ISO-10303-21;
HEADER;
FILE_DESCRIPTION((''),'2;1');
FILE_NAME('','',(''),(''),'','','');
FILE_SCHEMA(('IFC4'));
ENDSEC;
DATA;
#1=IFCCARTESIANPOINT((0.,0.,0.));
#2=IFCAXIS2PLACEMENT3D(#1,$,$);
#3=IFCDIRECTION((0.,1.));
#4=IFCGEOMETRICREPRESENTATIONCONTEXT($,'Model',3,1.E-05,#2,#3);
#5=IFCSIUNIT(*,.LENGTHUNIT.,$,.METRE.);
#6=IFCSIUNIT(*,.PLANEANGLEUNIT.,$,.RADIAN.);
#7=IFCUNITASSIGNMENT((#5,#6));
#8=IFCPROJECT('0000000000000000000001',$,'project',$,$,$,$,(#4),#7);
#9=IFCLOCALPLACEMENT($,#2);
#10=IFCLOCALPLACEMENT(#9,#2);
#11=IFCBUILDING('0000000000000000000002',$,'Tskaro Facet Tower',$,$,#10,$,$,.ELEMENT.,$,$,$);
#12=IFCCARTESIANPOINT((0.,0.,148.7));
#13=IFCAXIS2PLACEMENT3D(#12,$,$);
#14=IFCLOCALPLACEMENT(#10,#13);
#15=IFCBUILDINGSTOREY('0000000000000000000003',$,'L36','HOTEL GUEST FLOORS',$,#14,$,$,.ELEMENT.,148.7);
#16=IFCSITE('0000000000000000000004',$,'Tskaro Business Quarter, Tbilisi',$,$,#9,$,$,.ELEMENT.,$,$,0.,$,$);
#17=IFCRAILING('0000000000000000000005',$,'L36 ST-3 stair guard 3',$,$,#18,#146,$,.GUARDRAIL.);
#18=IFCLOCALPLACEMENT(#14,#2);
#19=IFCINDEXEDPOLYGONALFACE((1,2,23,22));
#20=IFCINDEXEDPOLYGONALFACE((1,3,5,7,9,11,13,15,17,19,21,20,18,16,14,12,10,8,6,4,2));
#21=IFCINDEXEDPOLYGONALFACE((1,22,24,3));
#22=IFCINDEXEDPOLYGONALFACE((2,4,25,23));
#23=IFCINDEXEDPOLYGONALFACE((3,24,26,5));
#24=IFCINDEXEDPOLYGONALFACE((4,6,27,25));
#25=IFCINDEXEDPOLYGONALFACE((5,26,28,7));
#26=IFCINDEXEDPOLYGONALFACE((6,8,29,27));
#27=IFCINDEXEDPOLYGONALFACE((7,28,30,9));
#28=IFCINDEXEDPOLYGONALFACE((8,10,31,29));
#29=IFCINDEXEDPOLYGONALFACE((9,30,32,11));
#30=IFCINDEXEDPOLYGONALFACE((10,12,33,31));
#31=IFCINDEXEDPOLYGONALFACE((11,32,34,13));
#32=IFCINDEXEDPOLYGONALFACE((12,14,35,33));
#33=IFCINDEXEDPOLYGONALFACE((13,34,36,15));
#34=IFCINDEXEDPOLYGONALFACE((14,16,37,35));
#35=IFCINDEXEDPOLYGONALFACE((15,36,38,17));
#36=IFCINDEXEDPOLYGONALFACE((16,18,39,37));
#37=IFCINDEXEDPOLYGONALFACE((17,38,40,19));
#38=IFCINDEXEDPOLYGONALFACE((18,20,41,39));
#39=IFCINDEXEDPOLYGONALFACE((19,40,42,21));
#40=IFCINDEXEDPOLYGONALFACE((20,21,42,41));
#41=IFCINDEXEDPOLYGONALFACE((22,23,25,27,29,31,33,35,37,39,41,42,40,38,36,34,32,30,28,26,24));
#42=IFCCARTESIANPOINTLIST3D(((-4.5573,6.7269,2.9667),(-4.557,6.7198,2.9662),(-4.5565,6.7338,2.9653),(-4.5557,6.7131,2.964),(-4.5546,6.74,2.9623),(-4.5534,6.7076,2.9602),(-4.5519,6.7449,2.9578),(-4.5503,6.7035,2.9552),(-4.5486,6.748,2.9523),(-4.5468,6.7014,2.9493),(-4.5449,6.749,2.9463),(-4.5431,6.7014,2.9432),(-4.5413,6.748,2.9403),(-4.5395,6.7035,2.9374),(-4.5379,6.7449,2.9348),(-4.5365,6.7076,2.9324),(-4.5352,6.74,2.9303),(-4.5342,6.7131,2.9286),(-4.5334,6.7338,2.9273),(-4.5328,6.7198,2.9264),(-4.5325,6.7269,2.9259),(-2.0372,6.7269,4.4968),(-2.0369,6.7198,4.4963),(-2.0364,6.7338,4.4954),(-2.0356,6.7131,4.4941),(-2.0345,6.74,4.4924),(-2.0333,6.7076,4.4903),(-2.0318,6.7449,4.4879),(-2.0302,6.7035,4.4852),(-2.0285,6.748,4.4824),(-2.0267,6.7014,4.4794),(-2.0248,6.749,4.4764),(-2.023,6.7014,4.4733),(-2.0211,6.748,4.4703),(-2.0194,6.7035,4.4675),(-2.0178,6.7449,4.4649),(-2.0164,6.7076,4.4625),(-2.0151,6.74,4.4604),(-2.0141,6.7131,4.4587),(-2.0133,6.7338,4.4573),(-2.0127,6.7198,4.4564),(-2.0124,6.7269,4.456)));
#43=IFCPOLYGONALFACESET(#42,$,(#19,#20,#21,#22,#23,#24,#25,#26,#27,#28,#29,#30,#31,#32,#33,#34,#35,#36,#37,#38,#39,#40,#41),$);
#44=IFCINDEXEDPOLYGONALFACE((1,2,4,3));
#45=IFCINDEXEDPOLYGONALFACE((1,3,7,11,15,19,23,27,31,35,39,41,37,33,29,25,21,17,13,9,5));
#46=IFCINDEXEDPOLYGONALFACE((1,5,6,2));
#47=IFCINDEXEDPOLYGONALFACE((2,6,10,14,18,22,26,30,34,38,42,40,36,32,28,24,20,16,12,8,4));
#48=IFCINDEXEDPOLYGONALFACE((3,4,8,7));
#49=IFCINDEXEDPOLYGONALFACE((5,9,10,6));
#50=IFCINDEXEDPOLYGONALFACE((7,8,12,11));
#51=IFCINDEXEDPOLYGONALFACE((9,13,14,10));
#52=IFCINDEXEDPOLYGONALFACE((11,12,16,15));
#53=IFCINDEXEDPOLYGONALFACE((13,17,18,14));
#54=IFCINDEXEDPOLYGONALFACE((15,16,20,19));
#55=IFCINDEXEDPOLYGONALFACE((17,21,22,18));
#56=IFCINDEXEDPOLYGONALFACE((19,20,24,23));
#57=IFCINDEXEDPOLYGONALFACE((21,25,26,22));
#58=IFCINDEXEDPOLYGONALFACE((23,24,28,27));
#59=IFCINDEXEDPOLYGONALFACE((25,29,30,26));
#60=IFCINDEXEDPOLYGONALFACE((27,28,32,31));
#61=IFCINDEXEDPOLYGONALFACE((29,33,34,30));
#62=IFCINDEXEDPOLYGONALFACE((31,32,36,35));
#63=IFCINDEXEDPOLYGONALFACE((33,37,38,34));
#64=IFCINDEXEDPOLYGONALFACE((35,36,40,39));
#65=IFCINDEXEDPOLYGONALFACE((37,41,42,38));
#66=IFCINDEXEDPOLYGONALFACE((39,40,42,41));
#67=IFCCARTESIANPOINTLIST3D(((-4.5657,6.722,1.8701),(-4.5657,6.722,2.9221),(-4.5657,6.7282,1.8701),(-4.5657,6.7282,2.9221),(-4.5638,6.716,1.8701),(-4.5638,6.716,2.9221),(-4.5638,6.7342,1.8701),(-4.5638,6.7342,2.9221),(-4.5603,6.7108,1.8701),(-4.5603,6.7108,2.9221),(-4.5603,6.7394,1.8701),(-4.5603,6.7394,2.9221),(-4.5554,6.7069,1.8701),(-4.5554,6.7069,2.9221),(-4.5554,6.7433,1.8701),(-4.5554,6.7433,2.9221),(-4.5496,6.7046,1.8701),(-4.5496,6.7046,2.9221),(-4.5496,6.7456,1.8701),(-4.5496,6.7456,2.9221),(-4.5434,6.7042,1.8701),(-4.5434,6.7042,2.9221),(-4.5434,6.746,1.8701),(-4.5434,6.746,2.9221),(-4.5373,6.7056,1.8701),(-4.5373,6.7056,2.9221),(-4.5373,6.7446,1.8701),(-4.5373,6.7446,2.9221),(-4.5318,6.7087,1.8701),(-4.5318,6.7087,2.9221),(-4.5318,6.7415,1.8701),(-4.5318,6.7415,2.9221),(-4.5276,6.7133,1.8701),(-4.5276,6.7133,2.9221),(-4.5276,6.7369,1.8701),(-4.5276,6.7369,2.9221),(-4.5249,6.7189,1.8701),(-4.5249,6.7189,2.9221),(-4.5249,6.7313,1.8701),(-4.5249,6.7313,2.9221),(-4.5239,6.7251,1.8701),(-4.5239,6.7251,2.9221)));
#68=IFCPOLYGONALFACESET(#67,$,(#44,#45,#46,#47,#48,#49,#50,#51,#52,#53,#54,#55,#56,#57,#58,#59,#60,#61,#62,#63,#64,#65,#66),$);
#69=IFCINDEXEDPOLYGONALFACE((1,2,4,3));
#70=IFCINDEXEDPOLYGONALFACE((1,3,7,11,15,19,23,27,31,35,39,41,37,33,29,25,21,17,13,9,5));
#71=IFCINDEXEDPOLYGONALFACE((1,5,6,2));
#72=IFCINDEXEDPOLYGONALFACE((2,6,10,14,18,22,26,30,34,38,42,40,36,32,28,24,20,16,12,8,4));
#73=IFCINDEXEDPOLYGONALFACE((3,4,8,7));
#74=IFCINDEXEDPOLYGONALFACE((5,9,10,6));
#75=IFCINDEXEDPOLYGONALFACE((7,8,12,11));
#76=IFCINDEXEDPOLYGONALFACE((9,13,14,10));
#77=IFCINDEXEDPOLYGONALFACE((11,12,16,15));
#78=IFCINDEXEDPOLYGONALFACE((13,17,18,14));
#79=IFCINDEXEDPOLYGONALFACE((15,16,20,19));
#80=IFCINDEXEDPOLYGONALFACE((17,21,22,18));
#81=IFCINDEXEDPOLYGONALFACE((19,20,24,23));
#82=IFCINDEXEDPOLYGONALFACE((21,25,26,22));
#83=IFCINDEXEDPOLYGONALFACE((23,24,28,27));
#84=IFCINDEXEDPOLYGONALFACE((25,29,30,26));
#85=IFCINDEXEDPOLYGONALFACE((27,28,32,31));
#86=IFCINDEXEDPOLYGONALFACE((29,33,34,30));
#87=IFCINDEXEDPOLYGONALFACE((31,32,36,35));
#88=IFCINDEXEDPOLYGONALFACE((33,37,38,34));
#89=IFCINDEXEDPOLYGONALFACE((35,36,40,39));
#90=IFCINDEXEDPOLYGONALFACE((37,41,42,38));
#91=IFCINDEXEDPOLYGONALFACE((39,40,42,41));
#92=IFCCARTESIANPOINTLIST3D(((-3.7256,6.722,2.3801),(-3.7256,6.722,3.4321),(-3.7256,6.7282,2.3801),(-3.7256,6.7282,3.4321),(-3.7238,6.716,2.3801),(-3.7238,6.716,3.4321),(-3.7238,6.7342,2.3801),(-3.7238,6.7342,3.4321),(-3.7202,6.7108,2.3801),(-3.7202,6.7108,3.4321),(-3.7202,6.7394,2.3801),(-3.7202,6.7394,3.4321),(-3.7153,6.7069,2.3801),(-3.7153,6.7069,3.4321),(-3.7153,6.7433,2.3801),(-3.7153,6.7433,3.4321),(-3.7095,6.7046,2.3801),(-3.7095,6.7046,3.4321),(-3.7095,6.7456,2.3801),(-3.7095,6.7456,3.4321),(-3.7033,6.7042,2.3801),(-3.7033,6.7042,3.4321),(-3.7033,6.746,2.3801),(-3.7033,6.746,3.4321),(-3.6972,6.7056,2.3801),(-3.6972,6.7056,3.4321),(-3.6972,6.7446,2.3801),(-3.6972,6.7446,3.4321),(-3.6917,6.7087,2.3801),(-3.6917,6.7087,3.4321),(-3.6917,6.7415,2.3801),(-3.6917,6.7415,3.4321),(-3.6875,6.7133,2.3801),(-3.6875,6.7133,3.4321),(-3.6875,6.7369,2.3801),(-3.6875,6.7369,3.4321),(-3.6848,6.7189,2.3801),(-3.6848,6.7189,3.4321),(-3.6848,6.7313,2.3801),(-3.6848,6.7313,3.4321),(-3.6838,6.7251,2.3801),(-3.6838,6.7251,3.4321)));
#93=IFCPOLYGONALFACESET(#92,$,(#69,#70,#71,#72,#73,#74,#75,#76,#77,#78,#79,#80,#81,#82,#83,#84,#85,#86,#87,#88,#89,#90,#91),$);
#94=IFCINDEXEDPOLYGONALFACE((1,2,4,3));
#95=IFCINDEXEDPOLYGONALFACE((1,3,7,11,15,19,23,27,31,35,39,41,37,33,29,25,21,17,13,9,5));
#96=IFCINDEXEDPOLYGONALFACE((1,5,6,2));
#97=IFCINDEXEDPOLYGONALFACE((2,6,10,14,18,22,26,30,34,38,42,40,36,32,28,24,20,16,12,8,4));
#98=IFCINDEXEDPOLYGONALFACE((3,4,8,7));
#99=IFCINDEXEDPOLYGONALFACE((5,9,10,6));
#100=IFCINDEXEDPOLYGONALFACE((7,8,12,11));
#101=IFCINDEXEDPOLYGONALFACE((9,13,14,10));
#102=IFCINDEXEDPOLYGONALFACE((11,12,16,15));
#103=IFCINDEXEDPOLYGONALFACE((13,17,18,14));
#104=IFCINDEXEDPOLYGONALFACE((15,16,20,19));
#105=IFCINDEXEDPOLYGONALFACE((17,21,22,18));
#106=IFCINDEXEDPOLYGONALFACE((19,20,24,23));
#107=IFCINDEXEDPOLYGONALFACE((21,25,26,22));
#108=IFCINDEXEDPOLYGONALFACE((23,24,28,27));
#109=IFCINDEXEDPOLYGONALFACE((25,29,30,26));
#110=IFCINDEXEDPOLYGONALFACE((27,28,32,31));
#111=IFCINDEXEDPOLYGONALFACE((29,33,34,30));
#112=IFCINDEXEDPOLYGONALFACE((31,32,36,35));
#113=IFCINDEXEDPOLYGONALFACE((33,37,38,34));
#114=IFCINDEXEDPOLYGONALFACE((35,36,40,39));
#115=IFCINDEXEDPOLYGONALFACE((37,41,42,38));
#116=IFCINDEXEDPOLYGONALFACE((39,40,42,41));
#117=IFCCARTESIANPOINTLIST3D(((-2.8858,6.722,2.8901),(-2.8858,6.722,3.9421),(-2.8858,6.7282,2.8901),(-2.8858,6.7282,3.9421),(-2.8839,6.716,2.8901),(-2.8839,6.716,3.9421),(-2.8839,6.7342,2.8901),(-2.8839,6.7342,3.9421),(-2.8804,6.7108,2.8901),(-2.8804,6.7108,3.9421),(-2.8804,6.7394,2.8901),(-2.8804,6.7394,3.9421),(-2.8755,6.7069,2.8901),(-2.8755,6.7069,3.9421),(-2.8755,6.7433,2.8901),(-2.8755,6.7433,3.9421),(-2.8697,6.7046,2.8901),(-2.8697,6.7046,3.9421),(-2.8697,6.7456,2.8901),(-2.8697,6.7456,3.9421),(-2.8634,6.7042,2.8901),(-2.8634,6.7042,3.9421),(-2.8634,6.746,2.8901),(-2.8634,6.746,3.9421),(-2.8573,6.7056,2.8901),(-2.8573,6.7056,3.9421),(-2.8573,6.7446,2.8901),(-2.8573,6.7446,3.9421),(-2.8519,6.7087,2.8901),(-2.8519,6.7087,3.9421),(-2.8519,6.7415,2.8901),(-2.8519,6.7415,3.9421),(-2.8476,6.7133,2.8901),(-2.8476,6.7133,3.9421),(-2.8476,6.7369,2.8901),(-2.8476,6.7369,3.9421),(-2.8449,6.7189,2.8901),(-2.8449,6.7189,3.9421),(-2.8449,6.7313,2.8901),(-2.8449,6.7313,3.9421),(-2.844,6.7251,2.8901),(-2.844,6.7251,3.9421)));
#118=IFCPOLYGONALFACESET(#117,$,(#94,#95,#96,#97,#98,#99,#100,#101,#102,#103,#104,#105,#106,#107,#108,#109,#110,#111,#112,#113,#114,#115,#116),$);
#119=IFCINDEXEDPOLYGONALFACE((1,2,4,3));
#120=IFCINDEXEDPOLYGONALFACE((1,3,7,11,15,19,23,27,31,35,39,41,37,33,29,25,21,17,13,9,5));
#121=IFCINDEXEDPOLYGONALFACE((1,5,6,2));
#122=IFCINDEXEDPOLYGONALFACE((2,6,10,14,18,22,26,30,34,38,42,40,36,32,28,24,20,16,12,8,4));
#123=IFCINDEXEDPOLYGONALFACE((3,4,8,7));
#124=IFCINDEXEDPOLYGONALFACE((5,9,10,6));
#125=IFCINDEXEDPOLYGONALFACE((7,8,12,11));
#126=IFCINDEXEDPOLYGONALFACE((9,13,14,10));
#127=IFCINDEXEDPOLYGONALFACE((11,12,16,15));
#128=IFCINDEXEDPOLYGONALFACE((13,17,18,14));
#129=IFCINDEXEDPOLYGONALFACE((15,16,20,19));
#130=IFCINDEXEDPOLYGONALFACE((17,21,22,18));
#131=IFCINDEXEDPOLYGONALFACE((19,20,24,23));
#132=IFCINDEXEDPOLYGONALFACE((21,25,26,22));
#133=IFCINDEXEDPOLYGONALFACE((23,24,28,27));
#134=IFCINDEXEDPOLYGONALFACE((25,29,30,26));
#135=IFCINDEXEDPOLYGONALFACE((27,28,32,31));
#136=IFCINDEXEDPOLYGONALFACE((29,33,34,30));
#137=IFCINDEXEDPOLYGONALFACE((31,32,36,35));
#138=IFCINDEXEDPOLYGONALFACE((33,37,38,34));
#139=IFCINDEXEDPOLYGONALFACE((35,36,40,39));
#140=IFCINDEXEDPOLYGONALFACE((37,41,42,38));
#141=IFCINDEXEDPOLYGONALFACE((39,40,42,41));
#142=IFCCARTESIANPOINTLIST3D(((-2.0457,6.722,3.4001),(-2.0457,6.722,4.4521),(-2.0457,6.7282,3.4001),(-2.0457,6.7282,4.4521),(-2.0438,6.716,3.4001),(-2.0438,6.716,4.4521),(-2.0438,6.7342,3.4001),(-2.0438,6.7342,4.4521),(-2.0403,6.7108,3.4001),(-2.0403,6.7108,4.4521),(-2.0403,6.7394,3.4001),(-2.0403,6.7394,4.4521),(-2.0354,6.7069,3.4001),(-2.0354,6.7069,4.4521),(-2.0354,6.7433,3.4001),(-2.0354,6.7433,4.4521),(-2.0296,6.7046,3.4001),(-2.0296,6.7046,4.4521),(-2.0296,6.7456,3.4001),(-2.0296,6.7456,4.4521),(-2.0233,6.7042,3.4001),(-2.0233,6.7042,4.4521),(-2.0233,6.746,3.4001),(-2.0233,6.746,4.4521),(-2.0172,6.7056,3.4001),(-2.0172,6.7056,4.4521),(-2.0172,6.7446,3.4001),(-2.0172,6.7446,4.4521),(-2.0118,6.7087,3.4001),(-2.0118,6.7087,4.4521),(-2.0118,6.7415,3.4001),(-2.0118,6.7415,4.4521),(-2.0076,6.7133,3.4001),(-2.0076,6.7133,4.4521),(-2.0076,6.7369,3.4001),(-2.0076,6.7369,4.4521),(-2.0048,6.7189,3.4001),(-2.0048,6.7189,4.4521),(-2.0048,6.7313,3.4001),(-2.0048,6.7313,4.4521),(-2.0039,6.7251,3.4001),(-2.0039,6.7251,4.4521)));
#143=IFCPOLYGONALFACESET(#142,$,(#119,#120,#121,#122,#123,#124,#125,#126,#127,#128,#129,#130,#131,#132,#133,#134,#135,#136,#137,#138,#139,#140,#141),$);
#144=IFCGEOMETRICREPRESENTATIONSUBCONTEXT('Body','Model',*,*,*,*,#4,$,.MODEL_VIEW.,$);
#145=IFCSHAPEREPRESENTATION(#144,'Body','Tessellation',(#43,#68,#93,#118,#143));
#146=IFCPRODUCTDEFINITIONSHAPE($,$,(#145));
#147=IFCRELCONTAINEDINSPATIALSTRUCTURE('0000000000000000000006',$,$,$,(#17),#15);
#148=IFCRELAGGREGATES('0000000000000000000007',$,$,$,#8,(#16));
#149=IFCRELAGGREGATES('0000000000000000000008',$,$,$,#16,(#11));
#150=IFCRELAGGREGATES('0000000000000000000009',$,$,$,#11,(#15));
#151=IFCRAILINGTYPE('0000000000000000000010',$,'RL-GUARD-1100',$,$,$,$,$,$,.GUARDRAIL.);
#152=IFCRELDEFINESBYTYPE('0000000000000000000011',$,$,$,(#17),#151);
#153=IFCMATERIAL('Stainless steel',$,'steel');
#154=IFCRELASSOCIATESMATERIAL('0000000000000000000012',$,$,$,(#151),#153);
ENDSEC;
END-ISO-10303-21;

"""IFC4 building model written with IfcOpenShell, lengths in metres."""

from ifc_helpers import new_model, si_unit, direction, frame, origin, origin_2d, place, context, subcontext, project, spatial, circle, extrude, material, type_object, element, save


model = new_model("IFC4")

# Units and contexts
model_context = context("Model", 3, precision=1e-05, world=origin(), true_north=direction((0.0, 1.0)))
body_context = subcontext(model_context, "Body", "Model", "MODEL_VIEW")
ifc_project = project(units=[si_unit("LENGTHUNIT", "METRE"), si_unit("PLANEANGLEUNIT", "RADIAN")], contexts=[model_context])

# Site, building, storey
site_placement = place(None, origin())
site = spatial("IfcSite", under=ifc_project, at=site_placement, Name="Tskaro Business Quarter, Tbilisi", CompositionType="ELEMENT", RefElevation=0.0)
building_placement = place(site_placement, origin())
building = spatial("IfcBuilding", under=site, at=building_placement, Name="Tskaro Facet Tower", CompositionType="ELEMENT")
storey_placement = place(building_placement, frame((0.0, 0.0, 148.7)))
storey = spatial("IfcBuildingStorey", under=building, at=storey_placement, Name="L36", Description="HOTEL GUEST FLOORS", CompositionType="ELEMENT", Elevation=148.7)

# Railing
ifc_material_1 = material(Name="Stainless steel", Category="steel")
railing_type_1 = type_object("IfcRailingType", Name="RL-GUARD-1100", PredefinedType="GUARDRAIL", material=ifc_material_1)
railing_1_placement = place(storey_placement, frame((-4.5449, 6.7251, 1.8701)))
element("IfcRailing", 1, at=railing_1_placement, inside=storey, type_object=railing_type_1, Name="L36 ST-3 stair guard 3", PredefinedType="GUARDRAIL", context=body_context, shape_type="SweptSolid", body=[
    extrude(circle(Radius=0.0239, at=origin_2d()), frame((0.0, 0.0, 1.0762), z_axis=(0.854785, 0.0, 0.518982), x_axis=(0.0, 1.0, 0.0)), (0.0, 0.0, 1.0), 2.9482),
    extrude(circle(Radius=0.021, at=origin_2d()), origin(), (0.0, 0.0, 1.0), 1.052),
    extrude(circle(Radius=0.021, at=origin_2d()), frame((0.8401, 0.0, 0.51)), (0.0, 0.0, 1.0), 1.052),
    extrude(circle(Radius=0.021, at=origin_2d()), frame((1.6799, 0.0, 1.02)), (0.0, 0.0, 1.0), 1.052),
    extrude(circle(Radius=0.021, at=origin_2d()), frame((2.52, 0.0, 1.53)), (0.0, 0.0, 1.0), 1.052),
])

save(model, "model.ifc")
